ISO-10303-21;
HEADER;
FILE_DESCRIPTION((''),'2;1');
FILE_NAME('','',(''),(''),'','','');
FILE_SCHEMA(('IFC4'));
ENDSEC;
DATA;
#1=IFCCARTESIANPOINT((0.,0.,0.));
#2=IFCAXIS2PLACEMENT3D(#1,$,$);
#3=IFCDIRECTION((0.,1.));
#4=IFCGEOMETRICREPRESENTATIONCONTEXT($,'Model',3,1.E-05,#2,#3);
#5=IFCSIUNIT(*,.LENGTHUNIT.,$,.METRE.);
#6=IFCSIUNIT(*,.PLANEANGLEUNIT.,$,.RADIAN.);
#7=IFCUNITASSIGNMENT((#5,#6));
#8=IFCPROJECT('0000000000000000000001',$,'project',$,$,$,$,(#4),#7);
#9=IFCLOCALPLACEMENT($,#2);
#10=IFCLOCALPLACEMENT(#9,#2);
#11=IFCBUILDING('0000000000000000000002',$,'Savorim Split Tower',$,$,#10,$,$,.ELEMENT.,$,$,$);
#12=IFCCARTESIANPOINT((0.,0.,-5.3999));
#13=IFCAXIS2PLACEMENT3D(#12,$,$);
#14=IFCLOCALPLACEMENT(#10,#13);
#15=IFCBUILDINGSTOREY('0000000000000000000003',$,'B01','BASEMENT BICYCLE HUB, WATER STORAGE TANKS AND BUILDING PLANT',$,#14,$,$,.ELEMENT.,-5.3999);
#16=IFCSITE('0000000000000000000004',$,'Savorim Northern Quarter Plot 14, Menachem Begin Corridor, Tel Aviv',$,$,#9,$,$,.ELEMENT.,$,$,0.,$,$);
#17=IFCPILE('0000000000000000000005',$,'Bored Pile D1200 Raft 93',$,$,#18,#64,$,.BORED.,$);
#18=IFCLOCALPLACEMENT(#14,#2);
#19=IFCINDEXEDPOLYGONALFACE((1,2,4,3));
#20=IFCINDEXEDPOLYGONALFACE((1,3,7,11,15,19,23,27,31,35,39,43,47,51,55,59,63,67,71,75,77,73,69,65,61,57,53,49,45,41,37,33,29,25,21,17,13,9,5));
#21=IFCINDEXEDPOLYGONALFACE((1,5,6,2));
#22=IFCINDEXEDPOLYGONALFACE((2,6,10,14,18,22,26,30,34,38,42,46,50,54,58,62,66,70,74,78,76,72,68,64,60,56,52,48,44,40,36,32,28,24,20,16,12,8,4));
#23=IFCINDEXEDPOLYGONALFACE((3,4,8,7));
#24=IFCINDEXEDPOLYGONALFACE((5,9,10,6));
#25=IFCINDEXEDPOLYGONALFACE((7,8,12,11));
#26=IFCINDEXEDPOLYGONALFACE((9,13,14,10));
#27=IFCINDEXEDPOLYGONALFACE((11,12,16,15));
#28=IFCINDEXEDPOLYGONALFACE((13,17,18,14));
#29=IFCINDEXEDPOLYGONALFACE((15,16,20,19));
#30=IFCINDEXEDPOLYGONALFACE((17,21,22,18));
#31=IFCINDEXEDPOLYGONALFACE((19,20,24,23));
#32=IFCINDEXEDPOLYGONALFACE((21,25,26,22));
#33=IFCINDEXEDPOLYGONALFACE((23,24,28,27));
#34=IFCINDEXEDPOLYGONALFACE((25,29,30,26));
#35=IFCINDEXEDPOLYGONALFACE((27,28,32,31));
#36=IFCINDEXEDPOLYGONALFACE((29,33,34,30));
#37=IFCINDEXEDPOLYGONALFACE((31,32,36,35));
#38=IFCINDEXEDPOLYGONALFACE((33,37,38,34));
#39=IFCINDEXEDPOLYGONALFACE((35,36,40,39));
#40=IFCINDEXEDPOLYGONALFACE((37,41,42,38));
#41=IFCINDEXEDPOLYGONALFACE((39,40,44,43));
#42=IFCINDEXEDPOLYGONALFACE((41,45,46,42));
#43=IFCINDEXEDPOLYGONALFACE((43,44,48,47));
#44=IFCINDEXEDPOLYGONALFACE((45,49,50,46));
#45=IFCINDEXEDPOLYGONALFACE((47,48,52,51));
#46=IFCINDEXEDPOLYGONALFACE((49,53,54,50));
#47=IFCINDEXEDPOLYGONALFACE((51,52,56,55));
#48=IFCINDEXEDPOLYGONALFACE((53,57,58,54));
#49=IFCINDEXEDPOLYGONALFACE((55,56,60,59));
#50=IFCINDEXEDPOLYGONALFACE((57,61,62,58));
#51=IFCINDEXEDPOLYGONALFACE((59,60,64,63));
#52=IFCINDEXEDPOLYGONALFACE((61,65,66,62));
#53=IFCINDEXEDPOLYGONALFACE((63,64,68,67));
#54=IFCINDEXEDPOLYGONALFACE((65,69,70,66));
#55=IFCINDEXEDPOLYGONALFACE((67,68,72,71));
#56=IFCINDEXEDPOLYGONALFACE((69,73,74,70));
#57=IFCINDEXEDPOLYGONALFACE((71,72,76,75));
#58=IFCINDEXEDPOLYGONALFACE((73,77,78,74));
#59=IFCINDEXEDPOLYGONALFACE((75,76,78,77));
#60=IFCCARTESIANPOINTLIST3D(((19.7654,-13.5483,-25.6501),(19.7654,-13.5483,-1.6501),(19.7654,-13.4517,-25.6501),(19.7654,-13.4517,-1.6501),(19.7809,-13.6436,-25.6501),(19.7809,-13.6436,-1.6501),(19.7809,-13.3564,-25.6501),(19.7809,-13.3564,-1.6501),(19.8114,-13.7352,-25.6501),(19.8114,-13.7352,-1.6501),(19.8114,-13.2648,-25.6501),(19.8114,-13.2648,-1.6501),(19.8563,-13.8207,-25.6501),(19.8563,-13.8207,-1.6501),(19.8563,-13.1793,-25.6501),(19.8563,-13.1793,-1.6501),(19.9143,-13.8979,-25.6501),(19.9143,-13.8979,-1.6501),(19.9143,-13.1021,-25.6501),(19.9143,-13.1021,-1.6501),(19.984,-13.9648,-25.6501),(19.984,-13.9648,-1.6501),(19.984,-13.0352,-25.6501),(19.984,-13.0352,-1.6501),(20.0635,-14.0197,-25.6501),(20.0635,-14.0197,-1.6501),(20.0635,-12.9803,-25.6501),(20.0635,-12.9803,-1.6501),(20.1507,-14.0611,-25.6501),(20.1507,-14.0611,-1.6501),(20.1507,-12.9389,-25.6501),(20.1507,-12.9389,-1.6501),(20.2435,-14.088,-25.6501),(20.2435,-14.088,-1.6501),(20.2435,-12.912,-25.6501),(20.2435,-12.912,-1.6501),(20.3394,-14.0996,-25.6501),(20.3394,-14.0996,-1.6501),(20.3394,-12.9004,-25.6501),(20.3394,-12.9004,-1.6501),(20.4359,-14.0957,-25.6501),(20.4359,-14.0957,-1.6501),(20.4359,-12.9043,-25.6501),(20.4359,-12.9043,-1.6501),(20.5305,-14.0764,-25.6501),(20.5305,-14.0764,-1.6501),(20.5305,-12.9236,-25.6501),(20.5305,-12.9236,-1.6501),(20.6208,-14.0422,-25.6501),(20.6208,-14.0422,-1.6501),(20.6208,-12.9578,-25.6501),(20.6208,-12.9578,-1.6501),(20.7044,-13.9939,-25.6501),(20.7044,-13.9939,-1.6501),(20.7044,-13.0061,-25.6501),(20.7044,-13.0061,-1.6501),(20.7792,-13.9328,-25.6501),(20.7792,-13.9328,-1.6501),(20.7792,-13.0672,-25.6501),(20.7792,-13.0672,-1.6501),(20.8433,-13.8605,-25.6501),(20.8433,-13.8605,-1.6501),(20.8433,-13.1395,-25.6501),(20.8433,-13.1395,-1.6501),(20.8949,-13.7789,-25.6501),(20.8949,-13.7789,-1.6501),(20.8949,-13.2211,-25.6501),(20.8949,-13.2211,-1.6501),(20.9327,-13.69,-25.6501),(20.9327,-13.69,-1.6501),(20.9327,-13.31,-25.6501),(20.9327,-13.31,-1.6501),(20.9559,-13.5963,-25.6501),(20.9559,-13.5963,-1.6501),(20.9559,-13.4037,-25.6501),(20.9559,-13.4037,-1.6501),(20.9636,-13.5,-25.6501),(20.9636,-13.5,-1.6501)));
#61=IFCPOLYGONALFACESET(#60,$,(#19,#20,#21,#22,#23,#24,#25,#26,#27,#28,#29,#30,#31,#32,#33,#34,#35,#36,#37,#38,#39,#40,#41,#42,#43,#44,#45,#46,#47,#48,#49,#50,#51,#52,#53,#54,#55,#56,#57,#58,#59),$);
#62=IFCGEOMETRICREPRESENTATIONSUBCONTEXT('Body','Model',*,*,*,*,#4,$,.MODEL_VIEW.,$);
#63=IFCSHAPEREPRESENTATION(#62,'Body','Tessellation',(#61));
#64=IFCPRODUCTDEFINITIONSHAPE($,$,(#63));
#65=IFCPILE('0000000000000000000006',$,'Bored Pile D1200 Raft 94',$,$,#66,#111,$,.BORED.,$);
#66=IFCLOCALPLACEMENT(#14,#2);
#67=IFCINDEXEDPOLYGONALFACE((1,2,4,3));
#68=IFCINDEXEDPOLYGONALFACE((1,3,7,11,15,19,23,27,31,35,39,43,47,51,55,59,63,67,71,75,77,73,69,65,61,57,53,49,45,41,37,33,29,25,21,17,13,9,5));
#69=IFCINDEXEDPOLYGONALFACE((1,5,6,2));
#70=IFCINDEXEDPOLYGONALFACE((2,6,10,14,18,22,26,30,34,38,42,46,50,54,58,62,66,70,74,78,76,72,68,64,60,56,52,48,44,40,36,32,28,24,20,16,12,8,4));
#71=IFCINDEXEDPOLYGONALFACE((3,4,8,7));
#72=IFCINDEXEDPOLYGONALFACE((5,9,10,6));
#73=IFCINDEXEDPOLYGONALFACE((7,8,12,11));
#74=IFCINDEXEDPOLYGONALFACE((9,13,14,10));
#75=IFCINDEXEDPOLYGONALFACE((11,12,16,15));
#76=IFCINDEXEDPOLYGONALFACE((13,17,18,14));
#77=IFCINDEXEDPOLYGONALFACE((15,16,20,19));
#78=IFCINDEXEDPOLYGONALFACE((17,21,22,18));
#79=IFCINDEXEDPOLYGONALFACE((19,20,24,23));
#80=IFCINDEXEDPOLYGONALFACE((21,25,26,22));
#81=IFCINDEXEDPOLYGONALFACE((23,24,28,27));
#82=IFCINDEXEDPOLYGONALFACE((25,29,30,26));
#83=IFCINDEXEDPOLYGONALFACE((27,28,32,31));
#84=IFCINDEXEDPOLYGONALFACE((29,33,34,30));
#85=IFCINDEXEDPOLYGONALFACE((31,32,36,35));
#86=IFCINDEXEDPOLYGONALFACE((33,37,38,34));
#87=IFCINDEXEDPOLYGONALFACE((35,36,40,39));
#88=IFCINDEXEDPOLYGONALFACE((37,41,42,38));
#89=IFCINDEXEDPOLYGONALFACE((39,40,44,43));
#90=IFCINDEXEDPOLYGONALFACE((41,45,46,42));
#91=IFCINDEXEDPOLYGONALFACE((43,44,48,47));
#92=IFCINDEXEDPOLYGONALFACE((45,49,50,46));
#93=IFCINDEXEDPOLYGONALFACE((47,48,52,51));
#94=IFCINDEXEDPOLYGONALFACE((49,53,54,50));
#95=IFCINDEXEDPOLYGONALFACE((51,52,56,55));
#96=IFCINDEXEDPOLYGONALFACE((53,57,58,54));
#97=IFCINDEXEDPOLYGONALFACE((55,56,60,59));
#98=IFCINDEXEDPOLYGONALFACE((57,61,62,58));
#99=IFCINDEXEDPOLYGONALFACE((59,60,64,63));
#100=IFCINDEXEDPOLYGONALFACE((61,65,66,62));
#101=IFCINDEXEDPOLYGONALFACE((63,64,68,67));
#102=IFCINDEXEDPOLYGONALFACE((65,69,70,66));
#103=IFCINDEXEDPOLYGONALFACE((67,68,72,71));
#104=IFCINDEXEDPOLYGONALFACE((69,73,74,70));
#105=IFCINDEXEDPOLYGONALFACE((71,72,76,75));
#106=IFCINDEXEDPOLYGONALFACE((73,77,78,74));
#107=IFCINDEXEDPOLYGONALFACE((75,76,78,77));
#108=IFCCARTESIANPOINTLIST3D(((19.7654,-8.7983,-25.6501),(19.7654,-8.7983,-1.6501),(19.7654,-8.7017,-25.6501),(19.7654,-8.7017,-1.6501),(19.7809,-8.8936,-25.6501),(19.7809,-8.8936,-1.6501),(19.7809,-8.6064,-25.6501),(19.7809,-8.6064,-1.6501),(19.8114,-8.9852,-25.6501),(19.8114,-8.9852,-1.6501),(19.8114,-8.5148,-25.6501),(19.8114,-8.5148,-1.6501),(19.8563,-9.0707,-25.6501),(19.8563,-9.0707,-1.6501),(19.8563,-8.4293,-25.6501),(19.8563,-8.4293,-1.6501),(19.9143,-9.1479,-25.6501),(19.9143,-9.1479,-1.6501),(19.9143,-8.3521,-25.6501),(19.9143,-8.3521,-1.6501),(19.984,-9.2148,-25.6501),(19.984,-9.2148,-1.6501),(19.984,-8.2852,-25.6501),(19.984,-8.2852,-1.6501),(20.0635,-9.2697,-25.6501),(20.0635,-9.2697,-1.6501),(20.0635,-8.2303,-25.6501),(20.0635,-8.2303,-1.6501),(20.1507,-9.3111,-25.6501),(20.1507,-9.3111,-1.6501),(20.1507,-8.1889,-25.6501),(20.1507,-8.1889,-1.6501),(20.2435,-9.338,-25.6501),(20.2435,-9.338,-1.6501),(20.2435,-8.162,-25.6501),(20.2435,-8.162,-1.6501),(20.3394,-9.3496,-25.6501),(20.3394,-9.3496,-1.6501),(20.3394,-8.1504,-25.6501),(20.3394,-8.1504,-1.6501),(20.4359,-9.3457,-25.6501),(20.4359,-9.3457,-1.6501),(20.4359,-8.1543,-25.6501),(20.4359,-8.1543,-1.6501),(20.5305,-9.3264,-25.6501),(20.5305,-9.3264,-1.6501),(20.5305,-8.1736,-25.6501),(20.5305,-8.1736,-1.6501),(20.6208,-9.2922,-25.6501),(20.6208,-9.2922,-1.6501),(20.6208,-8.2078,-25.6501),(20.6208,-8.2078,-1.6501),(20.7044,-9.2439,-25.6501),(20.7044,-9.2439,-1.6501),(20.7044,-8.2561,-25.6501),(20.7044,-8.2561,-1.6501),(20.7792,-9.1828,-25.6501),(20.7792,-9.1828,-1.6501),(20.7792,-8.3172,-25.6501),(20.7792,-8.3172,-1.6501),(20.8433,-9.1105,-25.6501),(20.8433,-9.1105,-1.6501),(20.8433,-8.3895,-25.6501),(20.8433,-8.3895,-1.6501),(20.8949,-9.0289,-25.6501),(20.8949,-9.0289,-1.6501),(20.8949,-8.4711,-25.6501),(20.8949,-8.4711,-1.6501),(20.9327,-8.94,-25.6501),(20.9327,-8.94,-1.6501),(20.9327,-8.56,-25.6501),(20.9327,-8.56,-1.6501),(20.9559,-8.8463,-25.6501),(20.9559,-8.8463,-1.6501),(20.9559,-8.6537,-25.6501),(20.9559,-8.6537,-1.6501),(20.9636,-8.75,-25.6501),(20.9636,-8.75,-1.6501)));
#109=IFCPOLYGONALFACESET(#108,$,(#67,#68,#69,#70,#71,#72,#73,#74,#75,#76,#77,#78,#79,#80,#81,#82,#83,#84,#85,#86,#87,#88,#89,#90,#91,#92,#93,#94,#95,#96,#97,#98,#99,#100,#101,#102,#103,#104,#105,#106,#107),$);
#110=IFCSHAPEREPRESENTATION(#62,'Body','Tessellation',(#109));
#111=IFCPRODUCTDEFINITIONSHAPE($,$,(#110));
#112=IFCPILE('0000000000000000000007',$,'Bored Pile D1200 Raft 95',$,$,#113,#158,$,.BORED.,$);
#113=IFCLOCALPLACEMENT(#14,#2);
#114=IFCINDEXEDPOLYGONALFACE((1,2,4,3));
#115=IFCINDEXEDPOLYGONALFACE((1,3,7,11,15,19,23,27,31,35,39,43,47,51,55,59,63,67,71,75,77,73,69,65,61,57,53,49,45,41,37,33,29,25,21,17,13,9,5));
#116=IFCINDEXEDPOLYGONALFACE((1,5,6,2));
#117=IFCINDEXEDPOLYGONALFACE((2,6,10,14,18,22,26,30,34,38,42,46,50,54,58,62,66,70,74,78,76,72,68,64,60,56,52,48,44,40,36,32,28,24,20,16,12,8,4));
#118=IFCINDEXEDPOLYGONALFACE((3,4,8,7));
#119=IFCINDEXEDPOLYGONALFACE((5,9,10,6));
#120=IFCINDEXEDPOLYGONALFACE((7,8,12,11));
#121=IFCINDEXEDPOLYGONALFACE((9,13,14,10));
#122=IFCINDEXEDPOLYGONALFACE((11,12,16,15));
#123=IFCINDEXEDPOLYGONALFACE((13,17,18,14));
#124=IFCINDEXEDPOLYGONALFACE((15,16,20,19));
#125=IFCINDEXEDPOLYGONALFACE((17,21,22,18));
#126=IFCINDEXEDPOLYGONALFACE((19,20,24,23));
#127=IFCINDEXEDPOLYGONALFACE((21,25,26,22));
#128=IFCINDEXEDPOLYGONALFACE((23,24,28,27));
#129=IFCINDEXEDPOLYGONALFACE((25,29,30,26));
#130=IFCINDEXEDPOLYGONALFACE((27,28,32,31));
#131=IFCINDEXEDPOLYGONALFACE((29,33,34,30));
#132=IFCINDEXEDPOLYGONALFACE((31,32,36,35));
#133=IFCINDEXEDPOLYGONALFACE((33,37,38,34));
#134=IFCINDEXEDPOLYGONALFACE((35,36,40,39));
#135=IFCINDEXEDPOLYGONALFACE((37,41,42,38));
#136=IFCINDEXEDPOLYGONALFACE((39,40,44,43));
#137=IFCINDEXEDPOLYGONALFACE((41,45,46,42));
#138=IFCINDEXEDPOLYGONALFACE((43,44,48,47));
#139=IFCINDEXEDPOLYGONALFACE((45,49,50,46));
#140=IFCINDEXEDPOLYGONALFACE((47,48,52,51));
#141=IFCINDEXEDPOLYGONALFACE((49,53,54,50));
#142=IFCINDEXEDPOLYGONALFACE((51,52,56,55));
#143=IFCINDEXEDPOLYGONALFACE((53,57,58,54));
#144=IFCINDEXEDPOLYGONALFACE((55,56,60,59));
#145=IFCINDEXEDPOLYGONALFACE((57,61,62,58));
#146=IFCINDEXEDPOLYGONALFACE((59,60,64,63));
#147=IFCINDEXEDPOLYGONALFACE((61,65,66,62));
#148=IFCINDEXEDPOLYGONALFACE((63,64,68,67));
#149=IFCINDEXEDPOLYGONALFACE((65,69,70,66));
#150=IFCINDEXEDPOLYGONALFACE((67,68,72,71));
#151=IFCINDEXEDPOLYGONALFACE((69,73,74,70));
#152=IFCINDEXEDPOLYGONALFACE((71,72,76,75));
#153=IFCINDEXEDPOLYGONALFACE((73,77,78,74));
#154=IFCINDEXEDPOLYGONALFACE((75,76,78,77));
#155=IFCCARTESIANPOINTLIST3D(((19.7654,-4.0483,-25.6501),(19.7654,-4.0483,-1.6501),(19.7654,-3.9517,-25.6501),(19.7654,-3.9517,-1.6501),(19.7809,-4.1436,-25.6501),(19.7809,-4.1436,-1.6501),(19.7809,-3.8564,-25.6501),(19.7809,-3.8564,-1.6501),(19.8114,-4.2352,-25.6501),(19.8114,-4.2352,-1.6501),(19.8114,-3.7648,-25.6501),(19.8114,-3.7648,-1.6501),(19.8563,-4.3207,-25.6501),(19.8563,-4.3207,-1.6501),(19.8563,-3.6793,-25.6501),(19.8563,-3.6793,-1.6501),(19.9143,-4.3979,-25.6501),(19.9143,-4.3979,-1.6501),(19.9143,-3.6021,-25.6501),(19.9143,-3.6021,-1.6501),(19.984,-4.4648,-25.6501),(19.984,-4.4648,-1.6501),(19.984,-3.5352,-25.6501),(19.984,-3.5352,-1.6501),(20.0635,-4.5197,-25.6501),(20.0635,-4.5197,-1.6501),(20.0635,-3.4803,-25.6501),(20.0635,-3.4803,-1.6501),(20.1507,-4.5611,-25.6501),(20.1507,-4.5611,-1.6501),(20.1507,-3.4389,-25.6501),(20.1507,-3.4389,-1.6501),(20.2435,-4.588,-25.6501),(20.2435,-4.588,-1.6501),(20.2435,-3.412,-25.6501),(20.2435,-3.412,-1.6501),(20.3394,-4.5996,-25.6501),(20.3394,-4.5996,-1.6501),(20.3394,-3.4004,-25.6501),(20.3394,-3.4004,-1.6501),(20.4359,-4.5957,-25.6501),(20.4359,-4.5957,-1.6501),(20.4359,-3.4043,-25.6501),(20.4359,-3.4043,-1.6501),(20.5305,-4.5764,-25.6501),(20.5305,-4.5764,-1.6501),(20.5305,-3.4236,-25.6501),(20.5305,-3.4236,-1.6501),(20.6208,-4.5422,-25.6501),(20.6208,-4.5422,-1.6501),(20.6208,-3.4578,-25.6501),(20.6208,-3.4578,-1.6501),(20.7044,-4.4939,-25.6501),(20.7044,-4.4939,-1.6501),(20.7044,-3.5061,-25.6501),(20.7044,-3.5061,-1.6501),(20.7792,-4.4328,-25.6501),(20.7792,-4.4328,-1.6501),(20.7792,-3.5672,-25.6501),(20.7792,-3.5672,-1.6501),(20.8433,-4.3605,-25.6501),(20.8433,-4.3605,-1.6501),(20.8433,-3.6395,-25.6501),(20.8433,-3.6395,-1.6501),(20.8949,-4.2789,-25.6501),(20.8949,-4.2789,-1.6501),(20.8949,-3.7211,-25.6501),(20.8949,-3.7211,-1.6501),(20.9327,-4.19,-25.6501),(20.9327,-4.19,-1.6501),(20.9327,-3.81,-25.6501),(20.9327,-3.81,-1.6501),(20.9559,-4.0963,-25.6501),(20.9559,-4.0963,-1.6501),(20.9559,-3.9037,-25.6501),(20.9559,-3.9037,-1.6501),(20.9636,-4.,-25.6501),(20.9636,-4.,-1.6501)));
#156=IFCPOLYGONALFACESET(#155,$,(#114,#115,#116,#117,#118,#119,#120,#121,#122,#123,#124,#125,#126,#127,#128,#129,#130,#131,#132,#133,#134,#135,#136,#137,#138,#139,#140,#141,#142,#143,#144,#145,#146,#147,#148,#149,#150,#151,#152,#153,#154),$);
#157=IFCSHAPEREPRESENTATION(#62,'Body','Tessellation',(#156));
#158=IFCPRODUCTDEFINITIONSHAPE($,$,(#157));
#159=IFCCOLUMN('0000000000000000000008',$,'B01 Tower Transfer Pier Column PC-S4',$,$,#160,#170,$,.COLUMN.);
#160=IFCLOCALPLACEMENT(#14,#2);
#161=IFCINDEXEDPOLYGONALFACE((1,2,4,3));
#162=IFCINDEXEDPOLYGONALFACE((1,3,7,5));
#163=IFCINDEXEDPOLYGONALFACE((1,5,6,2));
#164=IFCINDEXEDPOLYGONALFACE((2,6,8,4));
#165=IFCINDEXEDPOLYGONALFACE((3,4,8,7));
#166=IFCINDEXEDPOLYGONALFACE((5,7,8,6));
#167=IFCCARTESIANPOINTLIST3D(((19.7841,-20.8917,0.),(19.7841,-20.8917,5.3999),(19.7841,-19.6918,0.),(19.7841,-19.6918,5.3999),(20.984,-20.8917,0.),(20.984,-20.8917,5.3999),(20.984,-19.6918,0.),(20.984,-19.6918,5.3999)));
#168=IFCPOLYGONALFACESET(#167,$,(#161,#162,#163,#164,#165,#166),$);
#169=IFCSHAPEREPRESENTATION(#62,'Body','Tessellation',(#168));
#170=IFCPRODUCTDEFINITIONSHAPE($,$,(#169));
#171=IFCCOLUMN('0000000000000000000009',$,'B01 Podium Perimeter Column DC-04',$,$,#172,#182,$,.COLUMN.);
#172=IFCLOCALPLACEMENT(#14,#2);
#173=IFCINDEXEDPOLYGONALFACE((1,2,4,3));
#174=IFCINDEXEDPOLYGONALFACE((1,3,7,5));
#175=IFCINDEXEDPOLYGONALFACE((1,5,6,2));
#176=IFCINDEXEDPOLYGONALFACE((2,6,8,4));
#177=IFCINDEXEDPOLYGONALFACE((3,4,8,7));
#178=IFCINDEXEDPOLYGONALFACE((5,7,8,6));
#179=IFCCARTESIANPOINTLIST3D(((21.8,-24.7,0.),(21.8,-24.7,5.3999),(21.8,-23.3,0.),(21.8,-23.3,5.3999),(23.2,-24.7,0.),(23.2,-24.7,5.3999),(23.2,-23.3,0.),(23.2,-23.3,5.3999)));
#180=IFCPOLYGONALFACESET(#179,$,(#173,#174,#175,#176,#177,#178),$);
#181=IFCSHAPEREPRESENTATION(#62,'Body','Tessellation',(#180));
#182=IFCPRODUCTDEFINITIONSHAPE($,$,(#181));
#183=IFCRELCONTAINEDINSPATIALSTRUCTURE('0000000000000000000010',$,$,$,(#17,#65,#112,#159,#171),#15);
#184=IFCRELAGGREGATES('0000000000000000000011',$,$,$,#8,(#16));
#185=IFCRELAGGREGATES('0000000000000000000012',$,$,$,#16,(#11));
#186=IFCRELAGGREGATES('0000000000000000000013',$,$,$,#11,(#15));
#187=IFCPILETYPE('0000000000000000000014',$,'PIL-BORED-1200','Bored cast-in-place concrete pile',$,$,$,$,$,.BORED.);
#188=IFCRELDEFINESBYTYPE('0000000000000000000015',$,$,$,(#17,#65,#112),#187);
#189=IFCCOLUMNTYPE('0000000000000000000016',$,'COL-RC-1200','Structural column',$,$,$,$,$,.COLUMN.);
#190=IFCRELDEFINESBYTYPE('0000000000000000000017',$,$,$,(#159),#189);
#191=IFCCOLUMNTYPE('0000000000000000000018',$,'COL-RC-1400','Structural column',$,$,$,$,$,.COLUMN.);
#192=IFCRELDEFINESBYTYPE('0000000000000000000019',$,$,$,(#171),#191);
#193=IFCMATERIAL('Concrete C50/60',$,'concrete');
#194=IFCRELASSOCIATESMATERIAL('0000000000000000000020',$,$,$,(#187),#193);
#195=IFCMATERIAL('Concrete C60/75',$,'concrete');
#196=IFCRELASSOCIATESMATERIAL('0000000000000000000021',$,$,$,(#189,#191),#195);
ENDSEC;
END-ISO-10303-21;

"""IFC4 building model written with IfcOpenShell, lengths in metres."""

from ifc_helpers import new_model, si_unit, direction, frame, origin, origin_2d, place, context, subcontext, project, spatial, rectangle, circle, extrude, material, material_profile, profile_set, type_object, element, save


model = new_model("IFC4")

# Units and contexts
model_context = context("Model", 3, precision=1e-05, world=origin(), true_north=direction((0.0, 1.0)))
body_context = subcontext(model_context, "Body", "Model", "MODEL_VIEW")
ifc_project = project(units=[si_unit("LENGTHUNIT", "METRE"), si_unit("PLANEANGLEUNIT", "RADIAN")], contexts=[model_context])

# Site, building, storey
site_placement = place(None, origin())
site = spatial("IfcSite", under=ifc_project, at=site_placement, Name="Savorim Northern Quarter Plot 14, Menachem Begin Corridor, Tel Aviv", CompositionType="ELEMENT", RefElevation=0.0)
building_placement = place(site_placement, origin())
building = spatial("IfcBuilding", under=site, at=building_placement, Name="Savorim Split Tower", CompositionType="ELEMENT")
storey_placement = place(building_placement, frame((0.0, 0.0, -5.3999)))
storey = spatial("IfcBuildingStorey", under=building, at=storey_placement, Name="B01", Description="BASEMENT BICYCLE HUB, WATER STORAGE TANKS AND BUILDING PLANT", CompositionType="ELEMENT", Elevation=-5.3999)

# Piles
ifc_material_1 = material(Name="Concrete C50/60", Category="concrete")
ifc_material_profile_1 = material_profile(ifc_material_1, circle(Radius=0.6001, at=origin_2d()), Name="PILE D1200")
ifc_profile_set_1 = profile_set([ifc_material_profile_1], Name="Concrete C50/60")
pile_type = type_object("IfcPileType", Name="PIL-BORED-1200", Description="Bored cast-in-place concrete pile", PredefinedType="BORED", material=ifc_profile_set_1)
for number, where, z_axis, x_axis, name in (
    (1, (20.3635, -13.5, -1.6501), (0.0, 0.0, -1.0), (1.0, 0.0, 0.0), "Bored Pile D1200 Raft 93"),
    (2, (20.3635, -8.75, -1.6501), (0.0, 0.0, -1.0), (1.0, 0.0, 0.0), "Bored Pile D1200 Raft 94"),
    (3, (20.3635, -4.0, -1.6501), (0.0, 0.0, -1.0), (1.0, 0.0, 0.0), "Bored Pile D1200 Raft 95"),
):
    element("IfcPile", number, at=place(storey_placement, frame(where, z_axis=z_axis, x_axis=x_axis)), inside=storey, type_object=pile_type, Name=name, PredefinedType="BORED", context=body_context, shape_type="SweptSolid", body=[
        extrude(circle(Radius=0.6001, at=origin_2d()), origin(), (0.0, 0.0, 1.0), 24.0),
    ])

# Columns
ifc_material_2 = material(Name="Concrete C60/75", Category="concrete")
ifc_material_profile_2 = material_profile(ifc_material_2, rectangle(XDim=1.2, YDim=1.2, at=origin_2d()), Name="RC 1200x1200")
ifc_profile_set_2 = profile_set([ifc_material_profile_2], Name="Concrete C60/75")
column_type_1 = type_object("IfcColumnType", Name="COL-RC-1200", Description="Structural column", PredefinedType="COLUMN", material=ifc_profile_set_2)
column_1_placement = place(storey_placement, frame((20.384, -20.2917, 0.0), z_axis=(0.0, 0.0, 1.0), x_axis=(1.0, 0.0, 0.0)))
element("IfcColumn", 4, at=column_1_placement, inside=storey, type_object=column_type_1, Name="B01 Tower Transfer Pier Column PC-S4", PredefinedType="COLUMN", context=body_context, shape_type="SweptSolid", body=[
    extrude(rectangle(XDim=1.2, YDim=1.2, at=origin_2d()), origin(), (0.0, 0.0, 1.0), 5.3999),
])
ifc_material_profile_3 = material_profile(ifc_material_2, rectangle(XDim=1.3999, YDim=1.3999, at=origin_2d()), Name="RC 1400x1400")
ifc_profile_set_3 = profile_set([ifc_material_profile_3], Name="Concrete C60/75")
column_type_2 = type_object("IfcColumnType", Name="COL-RC-1400", Description="Structural column", PredefinedType="COLUMN", material=ifc_profile_set_3)
column_2_placement = place(storey_placement, frame((22.5, -24.0, 0.0), z_axis=(0.0, 0.0, 1.0), x_axis=(1.0, 0.0, 0.0)))
element("IfcColumn", 5, at=column_2_placement, inside=storey, type_object=column_type_2, Name="B01 Podium Perimeter Column DC-04", PredefinedType="COLUMN", context=body_context, shape_type="SweptSolid", body=[
    extrude(rectangle(XDim=1.3999, YDim=1.3999, at=origin_2d()), origin(), (0.0, 0.0, 1.0), 5.3999),
])

save(model, "model.ifc")
